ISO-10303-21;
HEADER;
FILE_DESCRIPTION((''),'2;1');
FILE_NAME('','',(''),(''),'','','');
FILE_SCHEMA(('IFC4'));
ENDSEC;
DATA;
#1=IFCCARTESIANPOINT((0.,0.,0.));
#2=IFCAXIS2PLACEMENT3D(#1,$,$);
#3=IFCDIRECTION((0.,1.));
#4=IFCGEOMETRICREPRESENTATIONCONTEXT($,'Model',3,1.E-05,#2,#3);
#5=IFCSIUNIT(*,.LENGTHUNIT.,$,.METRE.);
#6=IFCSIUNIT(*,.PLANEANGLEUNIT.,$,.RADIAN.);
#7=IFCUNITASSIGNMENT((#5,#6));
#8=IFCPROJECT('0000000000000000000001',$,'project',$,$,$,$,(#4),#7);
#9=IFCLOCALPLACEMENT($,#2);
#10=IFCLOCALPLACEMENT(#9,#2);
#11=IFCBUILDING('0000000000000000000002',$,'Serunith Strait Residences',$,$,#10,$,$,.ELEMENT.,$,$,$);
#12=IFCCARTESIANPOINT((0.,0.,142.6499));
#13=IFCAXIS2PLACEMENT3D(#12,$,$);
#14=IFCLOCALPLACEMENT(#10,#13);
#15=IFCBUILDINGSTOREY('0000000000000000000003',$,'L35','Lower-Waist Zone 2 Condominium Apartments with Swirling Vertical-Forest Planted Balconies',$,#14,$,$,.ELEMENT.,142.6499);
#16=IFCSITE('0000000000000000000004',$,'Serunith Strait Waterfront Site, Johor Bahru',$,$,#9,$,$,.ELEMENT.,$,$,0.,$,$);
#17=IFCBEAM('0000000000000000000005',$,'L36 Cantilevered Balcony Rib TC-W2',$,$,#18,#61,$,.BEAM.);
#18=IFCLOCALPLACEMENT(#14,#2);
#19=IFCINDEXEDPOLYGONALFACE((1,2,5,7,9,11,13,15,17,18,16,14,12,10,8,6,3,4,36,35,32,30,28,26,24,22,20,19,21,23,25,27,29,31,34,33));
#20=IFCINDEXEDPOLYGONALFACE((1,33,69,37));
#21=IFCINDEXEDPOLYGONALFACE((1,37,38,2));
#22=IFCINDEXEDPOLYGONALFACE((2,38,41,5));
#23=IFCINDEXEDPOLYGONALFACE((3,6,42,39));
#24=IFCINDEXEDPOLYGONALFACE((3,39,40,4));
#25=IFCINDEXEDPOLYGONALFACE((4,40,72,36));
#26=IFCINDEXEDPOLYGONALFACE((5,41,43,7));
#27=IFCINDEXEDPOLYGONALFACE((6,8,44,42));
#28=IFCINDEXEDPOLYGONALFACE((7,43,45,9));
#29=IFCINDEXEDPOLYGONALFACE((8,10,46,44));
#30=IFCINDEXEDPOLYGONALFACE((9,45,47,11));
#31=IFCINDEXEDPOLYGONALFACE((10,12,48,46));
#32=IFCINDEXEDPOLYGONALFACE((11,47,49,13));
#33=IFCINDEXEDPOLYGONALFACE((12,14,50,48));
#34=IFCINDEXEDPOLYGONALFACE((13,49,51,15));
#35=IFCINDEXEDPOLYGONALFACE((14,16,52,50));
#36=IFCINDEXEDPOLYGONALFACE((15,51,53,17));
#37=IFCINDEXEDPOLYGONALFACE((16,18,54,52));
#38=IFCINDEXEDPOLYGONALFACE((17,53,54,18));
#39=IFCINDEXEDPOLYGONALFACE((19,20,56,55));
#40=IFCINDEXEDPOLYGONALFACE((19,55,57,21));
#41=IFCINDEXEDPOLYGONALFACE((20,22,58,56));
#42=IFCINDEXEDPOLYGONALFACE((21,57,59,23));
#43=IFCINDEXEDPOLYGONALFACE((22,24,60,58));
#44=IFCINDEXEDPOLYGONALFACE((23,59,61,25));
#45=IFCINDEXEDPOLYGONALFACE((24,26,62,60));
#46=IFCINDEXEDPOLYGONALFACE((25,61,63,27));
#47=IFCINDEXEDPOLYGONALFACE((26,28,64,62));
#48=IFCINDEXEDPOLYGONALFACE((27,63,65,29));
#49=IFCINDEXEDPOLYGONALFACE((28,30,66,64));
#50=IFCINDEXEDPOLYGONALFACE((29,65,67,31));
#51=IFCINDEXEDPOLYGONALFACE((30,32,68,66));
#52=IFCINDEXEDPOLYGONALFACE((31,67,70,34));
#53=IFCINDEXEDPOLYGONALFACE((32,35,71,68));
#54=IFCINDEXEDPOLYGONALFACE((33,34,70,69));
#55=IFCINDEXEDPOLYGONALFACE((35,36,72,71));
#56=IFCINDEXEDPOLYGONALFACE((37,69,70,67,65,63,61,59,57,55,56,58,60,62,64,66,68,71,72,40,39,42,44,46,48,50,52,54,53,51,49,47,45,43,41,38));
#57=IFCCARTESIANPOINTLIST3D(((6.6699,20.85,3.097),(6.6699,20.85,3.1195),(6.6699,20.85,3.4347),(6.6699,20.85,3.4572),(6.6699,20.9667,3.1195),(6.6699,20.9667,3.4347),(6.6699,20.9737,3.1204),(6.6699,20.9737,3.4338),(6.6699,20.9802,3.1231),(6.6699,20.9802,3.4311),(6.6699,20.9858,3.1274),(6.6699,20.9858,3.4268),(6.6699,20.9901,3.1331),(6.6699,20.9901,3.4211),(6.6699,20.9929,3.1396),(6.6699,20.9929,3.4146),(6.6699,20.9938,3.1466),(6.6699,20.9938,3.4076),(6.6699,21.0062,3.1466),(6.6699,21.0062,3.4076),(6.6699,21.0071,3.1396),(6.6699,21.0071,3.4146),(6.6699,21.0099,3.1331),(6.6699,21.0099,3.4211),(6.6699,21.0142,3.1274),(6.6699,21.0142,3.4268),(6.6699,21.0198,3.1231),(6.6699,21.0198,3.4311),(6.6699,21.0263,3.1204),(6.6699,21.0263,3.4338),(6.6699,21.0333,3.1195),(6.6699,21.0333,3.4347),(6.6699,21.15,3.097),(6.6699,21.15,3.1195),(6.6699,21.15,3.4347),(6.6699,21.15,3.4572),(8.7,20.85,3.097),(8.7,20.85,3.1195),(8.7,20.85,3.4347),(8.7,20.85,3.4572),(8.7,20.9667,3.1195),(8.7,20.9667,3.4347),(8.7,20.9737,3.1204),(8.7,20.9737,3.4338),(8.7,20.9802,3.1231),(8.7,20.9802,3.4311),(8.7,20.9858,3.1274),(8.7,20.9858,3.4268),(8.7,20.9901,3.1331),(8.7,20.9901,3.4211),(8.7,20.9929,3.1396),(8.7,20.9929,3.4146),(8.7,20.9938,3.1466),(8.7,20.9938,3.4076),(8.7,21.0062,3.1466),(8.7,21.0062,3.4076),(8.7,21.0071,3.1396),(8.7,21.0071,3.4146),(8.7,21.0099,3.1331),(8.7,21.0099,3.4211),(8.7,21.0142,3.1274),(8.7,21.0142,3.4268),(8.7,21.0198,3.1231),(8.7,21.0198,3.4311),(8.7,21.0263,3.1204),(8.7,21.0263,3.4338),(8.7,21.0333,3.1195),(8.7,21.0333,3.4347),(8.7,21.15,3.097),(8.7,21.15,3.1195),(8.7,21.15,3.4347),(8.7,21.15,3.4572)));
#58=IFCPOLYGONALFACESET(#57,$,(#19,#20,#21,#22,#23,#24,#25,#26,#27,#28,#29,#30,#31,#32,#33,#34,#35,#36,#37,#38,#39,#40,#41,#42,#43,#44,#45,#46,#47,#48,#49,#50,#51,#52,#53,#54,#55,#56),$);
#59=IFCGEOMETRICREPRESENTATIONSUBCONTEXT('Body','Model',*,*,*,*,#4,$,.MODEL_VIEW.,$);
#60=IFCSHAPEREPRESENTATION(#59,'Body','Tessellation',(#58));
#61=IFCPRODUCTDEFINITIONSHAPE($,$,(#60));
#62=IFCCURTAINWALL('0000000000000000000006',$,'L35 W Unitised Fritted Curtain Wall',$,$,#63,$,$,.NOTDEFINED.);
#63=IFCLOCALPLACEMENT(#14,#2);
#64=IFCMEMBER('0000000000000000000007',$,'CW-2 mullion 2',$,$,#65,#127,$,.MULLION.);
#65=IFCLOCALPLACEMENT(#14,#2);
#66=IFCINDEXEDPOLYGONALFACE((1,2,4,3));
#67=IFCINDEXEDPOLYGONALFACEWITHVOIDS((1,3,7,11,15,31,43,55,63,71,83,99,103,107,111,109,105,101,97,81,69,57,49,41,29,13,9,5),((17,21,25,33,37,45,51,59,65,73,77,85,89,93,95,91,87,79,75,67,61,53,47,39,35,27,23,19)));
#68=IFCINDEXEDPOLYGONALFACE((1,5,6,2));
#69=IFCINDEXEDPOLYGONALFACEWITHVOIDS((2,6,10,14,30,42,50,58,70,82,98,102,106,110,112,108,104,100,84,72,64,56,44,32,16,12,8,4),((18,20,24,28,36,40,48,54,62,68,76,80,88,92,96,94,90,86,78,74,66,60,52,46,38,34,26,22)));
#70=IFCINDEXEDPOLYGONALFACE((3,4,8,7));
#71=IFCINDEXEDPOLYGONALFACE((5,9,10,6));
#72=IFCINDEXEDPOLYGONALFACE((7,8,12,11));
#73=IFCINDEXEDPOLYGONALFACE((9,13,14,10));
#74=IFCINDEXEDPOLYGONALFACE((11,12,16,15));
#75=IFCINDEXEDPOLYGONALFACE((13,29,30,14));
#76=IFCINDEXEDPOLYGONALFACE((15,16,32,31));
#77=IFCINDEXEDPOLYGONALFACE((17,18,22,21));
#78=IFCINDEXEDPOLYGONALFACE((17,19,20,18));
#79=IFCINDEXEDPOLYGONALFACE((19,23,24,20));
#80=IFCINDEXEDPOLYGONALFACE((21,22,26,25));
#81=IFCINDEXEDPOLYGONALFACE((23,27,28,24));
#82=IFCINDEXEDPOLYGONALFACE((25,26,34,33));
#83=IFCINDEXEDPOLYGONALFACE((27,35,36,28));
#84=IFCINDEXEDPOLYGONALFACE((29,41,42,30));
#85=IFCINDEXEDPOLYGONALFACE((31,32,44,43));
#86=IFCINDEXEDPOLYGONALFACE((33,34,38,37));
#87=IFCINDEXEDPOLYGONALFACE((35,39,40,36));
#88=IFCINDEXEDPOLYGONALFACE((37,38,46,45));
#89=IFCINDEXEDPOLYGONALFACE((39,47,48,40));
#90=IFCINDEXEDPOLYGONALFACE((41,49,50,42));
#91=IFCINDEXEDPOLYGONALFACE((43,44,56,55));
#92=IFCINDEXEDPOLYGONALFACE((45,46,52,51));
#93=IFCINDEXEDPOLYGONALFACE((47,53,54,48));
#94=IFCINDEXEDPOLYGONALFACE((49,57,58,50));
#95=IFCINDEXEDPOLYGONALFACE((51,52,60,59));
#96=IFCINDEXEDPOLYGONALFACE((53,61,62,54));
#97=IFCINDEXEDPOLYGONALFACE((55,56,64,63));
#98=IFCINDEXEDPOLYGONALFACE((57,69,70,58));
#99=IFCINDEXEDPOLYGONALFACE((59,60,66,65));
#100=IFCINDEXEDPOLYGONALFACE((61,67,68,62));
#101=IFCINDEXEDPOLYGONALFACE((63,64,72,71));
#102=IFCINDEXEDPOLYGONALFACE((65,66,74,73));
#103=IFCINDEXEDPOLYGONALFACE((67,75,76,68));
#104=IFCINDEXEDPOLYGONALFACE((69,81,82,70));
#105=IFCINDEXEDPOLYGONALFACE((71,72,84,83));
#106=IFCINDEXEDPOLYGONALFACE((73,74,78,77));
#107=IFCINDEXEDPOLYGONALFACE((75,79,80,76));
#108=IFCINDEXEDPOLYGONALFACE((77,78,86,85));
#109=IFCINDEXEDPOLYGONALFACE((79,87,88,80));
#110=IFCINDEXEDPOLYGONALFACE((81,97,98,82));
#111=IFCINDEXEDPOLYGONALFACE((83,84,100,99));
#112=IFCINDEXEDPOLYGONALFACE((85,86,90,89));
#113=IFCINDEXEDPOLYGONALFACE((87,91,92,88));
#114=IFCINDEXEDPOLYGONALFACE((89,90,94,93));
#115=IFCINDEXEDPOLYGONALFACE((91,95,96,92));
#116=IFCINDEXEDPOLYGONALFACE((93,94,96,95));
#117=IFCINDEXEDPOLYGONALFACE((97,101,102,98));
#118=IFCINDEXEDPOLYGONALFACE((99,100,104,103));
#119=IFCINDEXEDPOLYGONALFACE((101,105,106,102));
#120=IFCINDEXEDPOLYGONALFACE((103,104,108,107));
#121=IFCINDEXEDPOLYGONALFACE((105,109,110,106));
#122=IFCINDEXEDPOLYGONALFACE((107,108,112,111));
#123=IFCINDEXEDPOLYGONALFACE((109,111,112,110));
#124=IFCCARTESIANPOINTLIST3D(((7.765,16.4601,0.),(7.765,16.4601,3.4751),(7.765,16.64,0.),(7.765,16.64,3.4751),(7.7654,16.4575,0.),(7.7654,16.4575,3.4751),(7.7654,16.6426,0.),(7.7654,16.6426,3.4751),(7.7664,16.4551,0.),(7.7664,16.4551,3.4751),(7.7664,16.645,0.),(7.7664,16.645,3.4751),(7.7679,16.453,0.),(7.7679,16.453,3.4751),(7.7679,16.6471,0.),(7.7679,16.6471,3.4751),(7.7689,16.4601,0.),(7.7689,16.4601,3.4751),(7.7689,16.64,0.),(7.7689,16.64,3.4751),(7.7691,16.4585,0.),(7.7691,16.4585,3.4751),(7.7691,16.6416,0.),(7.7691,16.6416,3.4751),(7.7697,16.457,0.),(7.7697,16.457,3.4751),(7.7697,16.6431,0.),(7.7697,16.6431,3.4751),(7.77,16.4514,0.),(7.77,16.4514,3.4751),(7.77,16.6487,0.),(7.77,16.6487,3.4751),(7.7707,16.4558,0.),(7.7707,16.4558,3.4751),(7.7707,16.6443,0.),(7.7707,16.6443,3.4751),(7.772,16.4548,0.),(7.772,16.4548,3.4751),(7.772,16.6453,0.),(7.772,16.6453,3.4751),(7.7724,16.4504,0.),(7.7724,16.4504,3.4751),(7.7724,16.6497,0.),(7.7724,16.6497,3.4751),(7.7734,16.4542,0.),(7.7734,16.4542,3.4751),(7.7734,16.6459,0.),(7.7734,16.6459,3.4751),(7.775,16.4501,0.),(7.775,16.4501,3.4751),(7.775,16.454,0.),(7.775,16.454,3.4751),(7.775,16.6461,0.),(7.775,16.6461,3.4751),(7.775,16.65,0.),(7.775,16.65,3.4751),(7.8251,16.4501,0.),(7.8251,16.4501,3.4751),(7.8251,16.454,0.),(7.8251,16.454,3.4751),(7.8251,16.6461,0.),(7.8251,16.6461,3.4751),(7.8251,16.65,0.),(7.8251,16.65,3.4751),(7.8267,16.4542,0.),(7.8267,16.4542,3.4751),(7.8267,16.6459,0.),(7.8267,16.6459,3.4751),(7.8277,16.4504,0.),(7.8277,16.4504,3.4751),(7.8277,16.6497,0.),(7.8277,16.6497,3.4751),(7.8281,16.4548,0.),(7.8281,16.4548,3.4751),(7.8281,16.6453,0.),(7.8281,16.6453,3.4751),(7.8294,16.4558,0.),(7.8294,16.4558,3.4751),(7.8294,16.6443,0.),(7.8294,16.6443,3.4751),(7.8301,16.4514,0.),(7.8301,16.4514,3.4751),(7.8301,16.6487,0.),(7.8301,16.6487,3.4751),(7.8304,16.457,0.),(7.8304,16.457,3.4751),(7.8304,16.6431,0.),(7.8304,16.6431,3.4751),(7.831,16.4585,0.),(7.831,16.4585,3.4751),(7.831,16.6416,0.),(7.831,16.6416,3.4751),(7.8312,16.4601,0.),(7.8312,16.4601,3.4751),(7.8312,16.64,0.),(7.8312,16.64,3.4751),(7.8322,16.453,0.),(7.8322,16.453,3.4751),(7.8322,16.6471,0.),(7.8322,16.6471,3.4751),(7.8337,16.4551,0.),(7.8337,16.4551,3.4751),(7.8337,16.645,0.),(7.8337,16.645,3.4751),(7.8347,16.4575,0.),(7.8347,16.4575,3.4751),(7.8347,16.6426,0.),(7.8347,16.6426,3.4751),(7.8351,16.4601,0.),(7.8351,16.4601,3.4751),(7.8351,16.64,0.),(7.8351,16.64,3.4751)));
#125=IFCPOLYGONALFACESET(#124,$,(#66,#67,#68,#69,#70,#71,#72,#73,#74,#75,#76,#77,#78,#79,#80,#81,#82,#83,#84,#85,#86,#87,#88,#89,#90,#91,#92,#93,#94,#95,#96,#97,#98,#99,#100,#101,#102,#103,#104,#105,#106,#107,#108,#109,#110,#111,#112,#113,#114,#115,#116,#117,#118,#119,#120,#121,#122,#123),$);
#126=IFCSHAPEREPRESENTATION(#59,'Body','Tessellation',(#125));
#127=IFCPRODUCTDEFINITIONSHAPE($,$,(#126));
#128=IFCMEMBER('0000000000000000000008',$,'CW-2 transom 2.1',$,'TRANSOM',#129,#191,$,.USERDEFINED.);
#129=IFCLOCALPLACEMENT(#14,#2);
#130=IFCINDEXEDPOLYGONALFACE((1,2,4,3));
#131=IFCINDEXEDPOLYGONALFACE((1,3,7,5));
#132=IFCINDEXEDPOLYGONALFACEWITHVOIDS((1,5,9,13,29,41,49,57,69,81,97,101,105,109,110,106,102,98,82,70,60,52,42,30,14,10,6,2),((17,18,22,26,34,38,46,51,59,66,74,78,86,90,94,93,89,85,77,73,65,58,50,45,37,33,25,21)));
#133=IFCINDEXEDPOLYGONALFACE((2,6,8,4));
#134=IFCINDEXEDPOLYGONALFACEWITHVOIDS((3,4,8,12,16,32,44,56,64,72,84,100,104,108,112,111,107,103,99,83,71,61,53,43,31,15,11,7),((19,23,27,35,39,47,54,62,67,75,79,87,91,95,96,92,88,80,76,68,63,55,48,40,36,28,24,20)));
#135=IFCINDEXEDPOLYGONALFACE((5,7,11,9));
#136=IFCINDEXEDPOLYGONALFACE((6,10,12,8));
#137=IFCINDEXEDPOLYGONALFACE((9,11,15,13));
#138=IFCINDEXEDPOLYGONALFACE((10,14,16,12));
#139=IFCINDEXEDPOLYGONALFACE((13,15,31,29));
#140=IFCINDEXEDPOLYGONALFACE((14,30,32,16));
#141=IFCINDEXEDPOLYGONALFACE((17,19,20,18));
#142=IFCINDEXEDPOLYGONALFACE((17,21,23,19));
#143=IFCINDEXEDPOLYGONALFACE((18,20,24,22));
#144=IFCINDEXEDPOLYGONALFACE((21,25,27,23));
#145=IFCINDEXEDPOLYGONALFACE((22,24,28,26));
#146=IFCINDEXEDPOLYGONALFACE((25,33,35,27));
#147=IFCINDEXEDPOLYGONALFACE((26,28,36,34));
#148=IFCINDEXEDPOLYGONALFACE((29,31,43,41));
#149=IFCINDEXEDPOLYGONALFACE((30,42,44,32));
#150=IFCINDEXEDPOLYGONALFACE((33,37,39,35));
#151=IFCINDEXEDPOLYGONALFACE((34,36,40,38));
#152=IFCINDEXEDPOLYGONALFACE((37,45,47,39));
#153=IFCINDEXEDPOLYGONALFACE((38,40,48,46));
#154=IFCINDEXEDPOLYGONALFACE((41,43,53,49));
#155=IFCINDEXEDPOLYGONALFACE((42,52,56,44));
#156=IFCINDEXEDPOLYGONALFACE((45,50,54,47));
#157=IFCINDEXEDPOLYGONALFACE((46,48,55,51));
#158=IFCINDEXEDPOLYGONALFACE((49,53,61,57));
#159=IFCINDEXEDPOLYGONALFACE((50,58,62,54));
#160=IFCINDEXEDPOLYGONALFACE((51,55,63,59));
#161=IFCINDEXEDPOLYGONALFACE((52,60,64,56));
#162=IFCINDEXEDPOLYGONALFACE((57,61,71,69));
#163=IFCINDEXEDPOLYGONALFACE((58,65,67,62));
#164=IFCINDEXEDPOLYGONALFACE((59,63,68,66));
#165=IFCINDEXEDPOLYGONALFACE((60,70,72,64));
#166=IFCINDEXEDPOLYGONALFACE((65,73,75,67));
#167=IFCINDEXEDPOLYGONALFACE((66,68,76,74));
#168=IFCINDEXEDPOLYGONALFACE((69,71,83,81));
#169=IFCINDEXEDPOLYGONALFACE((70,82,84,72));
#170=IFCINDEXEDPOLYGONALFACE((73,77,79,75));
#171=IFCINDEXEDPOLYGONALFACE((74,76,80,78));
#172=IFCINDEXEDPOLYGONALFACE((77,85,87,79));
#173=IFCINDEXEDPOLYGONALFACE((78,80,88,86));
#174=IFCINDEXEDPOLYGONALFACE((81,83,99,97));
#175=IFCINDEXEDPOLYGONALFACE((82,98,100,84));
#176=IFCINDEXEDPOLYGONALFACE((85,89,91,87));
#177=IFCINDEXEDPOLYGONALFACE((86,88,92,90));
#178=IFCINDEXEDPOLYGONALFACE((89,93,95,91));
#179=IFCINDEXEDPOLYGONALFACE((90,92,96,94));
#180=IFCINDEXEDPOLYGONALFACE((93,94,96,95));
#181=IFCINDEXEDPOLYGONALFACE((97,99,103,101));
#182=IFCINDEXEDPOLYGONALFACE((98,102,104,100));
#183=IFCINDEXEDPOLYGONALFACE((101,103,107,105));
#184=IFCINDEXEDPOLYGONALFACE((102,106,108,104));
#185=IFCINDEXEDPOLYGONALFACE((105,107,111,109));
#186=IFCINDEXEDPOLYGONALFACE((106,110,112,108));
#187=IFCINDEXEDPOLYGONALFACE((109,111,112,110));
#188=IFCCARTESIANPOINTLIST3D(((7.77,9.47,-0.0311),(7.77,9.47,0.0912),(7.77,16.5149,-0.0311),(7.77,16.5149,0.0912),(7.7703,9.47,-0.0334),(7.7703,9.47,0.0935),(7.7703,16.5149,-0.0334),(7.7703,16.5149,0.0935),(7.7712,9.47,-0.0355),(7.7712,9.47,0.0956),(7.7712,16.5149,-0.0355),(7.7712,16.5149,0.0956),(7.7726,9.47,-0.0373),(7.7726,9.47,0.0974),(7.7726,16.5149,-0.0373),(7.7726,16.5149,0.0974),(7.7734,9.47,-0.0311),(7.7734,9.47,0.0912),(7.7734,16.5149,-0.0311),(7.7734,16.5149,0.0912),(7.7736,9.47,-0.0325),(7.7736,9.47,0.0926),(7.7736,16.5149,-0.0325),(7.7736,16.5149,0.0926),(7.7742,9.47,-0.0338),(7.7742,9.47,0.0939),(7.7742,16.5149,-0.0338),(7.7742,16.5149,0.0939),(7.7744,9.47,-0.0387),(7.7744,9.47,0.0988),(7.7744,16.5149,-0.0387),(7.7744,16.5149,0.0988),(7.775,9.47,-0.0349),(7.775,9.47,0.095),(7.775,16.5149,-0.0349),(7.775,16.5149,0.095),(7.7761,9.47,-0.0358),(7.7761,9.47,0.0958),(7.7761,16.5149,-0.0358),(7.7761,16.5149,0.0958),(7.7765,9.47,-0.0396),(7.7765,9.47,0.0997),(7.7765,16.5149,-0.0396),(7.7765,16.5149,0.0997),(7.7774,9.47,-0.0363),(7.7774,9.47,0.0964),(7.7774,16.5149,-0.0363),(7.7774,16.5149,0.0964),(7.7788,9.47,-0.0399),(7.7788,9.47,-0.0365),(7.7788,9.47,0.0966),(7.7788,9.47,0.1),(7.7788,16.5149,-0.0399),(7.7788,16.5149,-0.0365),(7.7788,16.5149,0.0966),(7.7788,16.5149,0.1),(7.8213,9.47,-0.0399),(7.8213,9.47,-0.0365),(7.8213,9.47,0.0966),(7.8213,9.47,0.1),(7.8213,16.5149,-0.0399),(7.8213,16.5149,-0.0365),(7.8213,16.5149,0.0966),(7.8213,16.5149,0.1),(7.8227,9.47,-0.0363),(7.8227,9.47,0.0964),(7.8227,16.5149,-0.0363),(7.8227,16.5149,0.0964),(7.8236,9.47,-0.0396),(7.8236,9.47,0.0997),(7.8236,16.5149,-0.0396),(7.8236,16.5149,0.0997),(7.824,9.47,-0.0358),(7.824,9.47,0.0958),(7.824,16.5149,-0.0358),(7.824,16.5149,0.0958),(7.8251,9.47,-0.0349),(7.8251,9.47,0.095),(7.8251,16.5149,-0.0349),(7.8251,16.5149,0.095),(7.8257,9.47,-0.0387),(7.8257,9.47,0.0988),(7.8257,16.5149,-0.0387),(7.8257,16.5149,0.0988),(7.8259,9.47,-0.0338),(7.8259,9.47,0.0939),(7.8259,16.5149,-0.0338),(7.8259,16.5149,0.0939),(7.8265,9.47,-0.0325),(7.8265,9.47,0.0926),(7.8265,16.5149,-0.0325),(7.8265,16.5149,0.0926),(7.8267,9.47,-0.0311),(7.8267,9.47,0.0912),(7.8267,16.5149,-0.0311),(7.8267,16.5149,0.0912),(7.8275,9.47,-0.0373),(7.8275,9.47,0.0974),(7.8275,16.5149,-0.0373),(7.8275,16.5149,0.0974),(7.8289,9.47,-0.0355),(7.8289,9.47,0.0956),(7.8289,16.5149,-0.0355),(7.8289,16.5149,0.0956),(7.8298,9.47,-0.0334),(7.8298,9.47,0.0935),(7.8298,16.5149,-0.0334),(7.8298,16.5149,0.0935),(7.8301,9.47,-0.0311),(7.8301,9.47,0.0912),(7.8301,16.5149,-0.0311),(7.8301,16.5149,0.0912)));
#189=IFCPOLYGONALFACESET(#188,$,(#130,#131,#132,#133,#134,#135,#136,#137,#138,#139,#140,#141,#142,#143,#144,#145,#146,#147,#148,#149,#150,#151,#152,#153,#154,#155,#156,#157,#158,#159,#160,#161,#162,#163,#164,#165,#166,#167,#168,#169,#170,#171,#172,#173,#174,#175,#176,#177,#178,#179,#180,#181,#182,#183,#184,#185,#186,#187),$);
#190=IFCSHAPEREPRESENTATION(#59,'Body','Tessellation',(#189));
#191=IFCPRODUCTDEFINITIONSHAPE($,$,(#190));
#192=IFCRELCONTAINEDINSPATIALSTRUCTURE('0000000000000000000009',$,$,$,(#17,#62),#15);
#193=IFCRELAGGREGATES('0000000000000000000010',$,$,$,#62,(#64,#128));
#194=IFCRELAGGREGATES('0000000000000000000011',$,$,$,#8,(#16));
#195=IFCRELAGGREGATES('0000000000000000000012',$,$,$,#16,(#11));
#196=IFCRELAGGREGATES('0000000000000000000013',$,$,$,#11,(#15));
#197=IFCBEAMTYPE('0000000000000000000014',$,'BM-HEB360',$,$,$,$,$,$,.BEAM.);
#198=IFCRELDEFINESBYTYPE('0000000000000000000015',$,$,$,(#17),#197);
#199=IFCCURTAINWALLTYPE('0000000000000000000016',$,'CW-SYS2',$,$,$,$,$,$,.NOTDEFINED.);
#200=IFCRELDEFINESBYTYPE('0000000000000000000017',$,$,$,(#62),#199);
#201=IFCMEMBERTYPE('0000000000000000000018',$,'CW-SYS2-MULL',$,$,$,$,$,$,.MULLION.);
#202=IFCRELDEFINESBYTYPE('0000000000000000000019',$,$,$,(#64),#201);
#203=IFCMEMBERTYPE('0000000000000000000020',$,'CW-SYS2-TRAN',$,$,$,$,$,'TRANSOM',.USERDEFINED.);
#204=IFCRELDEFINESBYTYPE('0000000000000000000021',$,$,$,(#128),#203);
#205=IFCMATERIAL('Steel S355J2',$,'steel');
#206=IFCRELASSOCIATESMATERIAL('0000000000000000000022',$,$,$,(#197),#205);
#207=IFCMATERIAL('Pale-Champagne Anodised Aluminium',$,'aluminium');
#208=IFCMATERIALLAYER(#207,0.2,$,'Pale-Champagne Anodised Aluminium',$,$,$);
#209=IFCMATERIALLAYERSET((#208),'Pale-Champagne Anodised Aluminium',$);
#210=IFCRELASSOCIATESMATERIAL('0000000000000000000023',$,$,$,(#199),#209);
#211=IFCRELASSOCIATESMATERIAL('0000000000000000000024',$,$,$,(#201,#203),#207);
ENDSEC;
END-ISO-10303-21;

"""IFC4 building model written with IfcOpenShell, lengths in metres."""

from ifc_helpers import new_model, si_unit, direction, frame, origin, origin_2d, place, context, subcontext, project, spatial, hollow_rectangle, i_section, extrude, source, transform, mapped, material, layer, layer_set, material_profile, profile_set, type_object, element, aggregate, save


model = new_model("IFC4")

# Units and contexts
model_context = context("Model", 3, precision=1e-05, world=origin(), true_north=direction((0.0, 1.0)))
body_context = subcontext(model_context, "Body", "Model", "MODEL_VIEW")
ifc_project = project(units=[si_unit("LENGTHUNIT", "METRE"), si_unit("PLANEANGLEUNIT", "RADIAN")], contexts=[model_context])

# Site, building, storey
site_placement = place(None, origin())
site = spatial("IfcSite", under=ifc_project, at=site_placement, Name="Serunith Strait Waterfront Site, Johor Bahru", CompositionType="ELEMENT", RefElevation=0.0)
building_placement = place(site_placement, origin())
building = spatial("IfcBuilding", under=site, at=building_placement, Name="Serunith Strait Residences", CompositionType="ELEMENT")
storey_placement = place(building_placement, frame((0.0, 0.0, 142.6499)))
storey = spatial("IfcBuildingStorey", under=building, at=storey_placement, Name="L35", Description="Lower-Waist Zone 2 Condominium Apartments with Swirling Vertical-Forest Planted Balconies", CompositionType="ELEMENT", Elevation=142.6499)

# Beam
ifc_material_1 = material(Name="Steel S355J2", Category="steel")
ifc_material_profile_1 = material_profile(ifc_material_1, i_section(OverallWidth=0.3, OverallDepth=0.3601, WebThickness=0.0125, FlangeThickness=0.0225, FilletRadius=0.0271, at=origin_2d()), Name="HEB 360")
ifc_profile_set_1 = profile_set([ifc_material_profile_1], Name="Steel S355J2")
beam_type_1 = type_object("IfcBeamType", Name="BM-HEB360", PredefinedType="BEAM", material=ifc_profile_set_1)
shared_shape_1 = source(origin(), body_context, "Body", "SweptSolid", [
    extrude(i_section(OverallWidth=0.3, OverallDepth=0.3601, WebThickness=0.0125, FlangeThickness=0.0225, FilletRadius=0.0271, at=origin_2d()), origin(), (0.0, 0.0, 1.0), 2.03),
])
for number, where, z_axis, x_axis, name in (
    (1, (8.7, 21.0, 3.2771), (-1.0, 0.0, 0.0), (0.0, -1.0, 0.0), "L36 Cantilevered Balcony Rib TC-W2"),
):
    element("IfcBeam", number, at=place(storey_placement, frame(where, z_axis=z_axis, x_axis=x_axis)), inside=storey, type_object=beam_type_1, Name=name, PredefinedType="BEAM", context=body_context, shape_type="MappedRepresentation", body=[
        mapped(shared_shape_1, transform((0.0, 0.0, 0.0), scale=1.0)),
    ])

# Curtain wall, members
ifc_material_2 = material(Name="Pale-Champagne Anodised Aluminium", Category="aluminium")
ifc_layer_1 = layer(ifc_material_2, 0.2, Name="Pale-Champagne Anodised Aluminium")
ifc_layer_set_1 = layer_set([ifc_layer_1], Name="Pale-Champagne Anodised Aluminium")
curtain_wall_type = type_object("IfcCurtainWallType", Name="CW-SYS2", PredefinedType="NOTDEFINED", material=ifc_layer_set_1)
curtain_wall_placement = place(storey_placement, origin())
curtain_wall = element("IfcCurtainWall", 2, at=curtain_wall_placement, inside=storey, type_object=curtain_wall_type, Name="L35 W Unitised Fritted Curtain Wall", PredefinedType="NOTDEFINED")
ifc_material_profile_2 = material_profile(ifc_material_2, hollow_rectangle(XDim=0.0701, YDim=0.2, WallThickness=0.0039, InnerFilletRadius=0.0061, OuterFilletRadius=0.01, at=origin_2d()), Name="ALU 200x70x4")
ifc_profile_set_2 = profile_set([ifc_material_profile_2], Name="Pale-Champagne Anodised Aluminium")
member_type_1 = type_object("IfcMemberType", Name="CW-SYS2-MULL", PredefinedType="MULLION", material=ifc_profile_set_2)
shared_shape_2 = source(origin(), body_context, "Body", "SweptSolid", [
    extrude(hollow_rectangle(XDim=0.0701, YDim=0.2, WallThickness=0.0039, InnerFilletRadius=0.0061, OuterFilletRadius=0.01, at=origin_2d()), origin(), (0.0, 0.0, 1.0), 3.4751),
])
member_1_placement = place(storey_placement, frame((7.8, 16.55, 0.0), z_axis=(0.0, 0.0, 1.0), x_axis=(1.0, 0.0, 0.0)))
member_1 = element("IfcMember", 3, at=member_1_placement, type_object=member_type_1, Name="CW-2 mullion 2", PredefinedType="MULLION", context=body_context, shape_type="MappedRepresentation", body=[
    mapped(shared_shape_2, transform((0.0, 0.0, 0.0), scale=1.0)),
])
ifc_material_profile_3 = material_profile(ifc_material_2, hollow_rectangle(XDim=0.0601, YDim=0.1399, WallThickness=0.0034, InnerFilletRadius=0.0054, OuterFilletRadius=0.0088, at=origin_2d()), Name="ALU 140x60x3.5")
ifc_profile_set_3 = profile_set([ifc_material_profile_3], Name="Pale-Champagne Anodised Aluminium")
member_type_2 = type_object("IfcMemberType", Name="CW-SYS2-TRAN", ElementType="TRANSOM", PredefinedType="USERDEFINED", material=ifc_profile_set_3)
shared_shape_3 = source(origin(), body_context, "Body", "SweptSolid", [
    extrude(hollow_rectangle(XDim=0.0601, YDim=0.1399, WallThickness=0.0034, InnerFilletRadius=0.0054, OuterFilletRadius=0.0088, at=origin_2d()), origin(), (0.0, 0.0, 1.0), 7.0449),
])
member_2_placement = place(storey_placement, frame((7.8, 16.5149, 0.03), z_axis=(0.0, -1.0, 0.0), x_axis=(1.0, 0.0, 0.0)))
member_2 = element("IfcMember", 4, at=member_2_placement, type_object=member_type_2, Name="CW-2 transom 2.1", ObjectType="TRANSOM", PredefinedType="USERDEFINED", context=body_context, shape_type="MappedRepresentation", body=[
    mapped(shared_shape_3, transform((0.0, 0.0, 0.0), scale=1.0)),
])
aggregate(curtain_wall, [member_1, member_2])

save(model, "model.ifc")
